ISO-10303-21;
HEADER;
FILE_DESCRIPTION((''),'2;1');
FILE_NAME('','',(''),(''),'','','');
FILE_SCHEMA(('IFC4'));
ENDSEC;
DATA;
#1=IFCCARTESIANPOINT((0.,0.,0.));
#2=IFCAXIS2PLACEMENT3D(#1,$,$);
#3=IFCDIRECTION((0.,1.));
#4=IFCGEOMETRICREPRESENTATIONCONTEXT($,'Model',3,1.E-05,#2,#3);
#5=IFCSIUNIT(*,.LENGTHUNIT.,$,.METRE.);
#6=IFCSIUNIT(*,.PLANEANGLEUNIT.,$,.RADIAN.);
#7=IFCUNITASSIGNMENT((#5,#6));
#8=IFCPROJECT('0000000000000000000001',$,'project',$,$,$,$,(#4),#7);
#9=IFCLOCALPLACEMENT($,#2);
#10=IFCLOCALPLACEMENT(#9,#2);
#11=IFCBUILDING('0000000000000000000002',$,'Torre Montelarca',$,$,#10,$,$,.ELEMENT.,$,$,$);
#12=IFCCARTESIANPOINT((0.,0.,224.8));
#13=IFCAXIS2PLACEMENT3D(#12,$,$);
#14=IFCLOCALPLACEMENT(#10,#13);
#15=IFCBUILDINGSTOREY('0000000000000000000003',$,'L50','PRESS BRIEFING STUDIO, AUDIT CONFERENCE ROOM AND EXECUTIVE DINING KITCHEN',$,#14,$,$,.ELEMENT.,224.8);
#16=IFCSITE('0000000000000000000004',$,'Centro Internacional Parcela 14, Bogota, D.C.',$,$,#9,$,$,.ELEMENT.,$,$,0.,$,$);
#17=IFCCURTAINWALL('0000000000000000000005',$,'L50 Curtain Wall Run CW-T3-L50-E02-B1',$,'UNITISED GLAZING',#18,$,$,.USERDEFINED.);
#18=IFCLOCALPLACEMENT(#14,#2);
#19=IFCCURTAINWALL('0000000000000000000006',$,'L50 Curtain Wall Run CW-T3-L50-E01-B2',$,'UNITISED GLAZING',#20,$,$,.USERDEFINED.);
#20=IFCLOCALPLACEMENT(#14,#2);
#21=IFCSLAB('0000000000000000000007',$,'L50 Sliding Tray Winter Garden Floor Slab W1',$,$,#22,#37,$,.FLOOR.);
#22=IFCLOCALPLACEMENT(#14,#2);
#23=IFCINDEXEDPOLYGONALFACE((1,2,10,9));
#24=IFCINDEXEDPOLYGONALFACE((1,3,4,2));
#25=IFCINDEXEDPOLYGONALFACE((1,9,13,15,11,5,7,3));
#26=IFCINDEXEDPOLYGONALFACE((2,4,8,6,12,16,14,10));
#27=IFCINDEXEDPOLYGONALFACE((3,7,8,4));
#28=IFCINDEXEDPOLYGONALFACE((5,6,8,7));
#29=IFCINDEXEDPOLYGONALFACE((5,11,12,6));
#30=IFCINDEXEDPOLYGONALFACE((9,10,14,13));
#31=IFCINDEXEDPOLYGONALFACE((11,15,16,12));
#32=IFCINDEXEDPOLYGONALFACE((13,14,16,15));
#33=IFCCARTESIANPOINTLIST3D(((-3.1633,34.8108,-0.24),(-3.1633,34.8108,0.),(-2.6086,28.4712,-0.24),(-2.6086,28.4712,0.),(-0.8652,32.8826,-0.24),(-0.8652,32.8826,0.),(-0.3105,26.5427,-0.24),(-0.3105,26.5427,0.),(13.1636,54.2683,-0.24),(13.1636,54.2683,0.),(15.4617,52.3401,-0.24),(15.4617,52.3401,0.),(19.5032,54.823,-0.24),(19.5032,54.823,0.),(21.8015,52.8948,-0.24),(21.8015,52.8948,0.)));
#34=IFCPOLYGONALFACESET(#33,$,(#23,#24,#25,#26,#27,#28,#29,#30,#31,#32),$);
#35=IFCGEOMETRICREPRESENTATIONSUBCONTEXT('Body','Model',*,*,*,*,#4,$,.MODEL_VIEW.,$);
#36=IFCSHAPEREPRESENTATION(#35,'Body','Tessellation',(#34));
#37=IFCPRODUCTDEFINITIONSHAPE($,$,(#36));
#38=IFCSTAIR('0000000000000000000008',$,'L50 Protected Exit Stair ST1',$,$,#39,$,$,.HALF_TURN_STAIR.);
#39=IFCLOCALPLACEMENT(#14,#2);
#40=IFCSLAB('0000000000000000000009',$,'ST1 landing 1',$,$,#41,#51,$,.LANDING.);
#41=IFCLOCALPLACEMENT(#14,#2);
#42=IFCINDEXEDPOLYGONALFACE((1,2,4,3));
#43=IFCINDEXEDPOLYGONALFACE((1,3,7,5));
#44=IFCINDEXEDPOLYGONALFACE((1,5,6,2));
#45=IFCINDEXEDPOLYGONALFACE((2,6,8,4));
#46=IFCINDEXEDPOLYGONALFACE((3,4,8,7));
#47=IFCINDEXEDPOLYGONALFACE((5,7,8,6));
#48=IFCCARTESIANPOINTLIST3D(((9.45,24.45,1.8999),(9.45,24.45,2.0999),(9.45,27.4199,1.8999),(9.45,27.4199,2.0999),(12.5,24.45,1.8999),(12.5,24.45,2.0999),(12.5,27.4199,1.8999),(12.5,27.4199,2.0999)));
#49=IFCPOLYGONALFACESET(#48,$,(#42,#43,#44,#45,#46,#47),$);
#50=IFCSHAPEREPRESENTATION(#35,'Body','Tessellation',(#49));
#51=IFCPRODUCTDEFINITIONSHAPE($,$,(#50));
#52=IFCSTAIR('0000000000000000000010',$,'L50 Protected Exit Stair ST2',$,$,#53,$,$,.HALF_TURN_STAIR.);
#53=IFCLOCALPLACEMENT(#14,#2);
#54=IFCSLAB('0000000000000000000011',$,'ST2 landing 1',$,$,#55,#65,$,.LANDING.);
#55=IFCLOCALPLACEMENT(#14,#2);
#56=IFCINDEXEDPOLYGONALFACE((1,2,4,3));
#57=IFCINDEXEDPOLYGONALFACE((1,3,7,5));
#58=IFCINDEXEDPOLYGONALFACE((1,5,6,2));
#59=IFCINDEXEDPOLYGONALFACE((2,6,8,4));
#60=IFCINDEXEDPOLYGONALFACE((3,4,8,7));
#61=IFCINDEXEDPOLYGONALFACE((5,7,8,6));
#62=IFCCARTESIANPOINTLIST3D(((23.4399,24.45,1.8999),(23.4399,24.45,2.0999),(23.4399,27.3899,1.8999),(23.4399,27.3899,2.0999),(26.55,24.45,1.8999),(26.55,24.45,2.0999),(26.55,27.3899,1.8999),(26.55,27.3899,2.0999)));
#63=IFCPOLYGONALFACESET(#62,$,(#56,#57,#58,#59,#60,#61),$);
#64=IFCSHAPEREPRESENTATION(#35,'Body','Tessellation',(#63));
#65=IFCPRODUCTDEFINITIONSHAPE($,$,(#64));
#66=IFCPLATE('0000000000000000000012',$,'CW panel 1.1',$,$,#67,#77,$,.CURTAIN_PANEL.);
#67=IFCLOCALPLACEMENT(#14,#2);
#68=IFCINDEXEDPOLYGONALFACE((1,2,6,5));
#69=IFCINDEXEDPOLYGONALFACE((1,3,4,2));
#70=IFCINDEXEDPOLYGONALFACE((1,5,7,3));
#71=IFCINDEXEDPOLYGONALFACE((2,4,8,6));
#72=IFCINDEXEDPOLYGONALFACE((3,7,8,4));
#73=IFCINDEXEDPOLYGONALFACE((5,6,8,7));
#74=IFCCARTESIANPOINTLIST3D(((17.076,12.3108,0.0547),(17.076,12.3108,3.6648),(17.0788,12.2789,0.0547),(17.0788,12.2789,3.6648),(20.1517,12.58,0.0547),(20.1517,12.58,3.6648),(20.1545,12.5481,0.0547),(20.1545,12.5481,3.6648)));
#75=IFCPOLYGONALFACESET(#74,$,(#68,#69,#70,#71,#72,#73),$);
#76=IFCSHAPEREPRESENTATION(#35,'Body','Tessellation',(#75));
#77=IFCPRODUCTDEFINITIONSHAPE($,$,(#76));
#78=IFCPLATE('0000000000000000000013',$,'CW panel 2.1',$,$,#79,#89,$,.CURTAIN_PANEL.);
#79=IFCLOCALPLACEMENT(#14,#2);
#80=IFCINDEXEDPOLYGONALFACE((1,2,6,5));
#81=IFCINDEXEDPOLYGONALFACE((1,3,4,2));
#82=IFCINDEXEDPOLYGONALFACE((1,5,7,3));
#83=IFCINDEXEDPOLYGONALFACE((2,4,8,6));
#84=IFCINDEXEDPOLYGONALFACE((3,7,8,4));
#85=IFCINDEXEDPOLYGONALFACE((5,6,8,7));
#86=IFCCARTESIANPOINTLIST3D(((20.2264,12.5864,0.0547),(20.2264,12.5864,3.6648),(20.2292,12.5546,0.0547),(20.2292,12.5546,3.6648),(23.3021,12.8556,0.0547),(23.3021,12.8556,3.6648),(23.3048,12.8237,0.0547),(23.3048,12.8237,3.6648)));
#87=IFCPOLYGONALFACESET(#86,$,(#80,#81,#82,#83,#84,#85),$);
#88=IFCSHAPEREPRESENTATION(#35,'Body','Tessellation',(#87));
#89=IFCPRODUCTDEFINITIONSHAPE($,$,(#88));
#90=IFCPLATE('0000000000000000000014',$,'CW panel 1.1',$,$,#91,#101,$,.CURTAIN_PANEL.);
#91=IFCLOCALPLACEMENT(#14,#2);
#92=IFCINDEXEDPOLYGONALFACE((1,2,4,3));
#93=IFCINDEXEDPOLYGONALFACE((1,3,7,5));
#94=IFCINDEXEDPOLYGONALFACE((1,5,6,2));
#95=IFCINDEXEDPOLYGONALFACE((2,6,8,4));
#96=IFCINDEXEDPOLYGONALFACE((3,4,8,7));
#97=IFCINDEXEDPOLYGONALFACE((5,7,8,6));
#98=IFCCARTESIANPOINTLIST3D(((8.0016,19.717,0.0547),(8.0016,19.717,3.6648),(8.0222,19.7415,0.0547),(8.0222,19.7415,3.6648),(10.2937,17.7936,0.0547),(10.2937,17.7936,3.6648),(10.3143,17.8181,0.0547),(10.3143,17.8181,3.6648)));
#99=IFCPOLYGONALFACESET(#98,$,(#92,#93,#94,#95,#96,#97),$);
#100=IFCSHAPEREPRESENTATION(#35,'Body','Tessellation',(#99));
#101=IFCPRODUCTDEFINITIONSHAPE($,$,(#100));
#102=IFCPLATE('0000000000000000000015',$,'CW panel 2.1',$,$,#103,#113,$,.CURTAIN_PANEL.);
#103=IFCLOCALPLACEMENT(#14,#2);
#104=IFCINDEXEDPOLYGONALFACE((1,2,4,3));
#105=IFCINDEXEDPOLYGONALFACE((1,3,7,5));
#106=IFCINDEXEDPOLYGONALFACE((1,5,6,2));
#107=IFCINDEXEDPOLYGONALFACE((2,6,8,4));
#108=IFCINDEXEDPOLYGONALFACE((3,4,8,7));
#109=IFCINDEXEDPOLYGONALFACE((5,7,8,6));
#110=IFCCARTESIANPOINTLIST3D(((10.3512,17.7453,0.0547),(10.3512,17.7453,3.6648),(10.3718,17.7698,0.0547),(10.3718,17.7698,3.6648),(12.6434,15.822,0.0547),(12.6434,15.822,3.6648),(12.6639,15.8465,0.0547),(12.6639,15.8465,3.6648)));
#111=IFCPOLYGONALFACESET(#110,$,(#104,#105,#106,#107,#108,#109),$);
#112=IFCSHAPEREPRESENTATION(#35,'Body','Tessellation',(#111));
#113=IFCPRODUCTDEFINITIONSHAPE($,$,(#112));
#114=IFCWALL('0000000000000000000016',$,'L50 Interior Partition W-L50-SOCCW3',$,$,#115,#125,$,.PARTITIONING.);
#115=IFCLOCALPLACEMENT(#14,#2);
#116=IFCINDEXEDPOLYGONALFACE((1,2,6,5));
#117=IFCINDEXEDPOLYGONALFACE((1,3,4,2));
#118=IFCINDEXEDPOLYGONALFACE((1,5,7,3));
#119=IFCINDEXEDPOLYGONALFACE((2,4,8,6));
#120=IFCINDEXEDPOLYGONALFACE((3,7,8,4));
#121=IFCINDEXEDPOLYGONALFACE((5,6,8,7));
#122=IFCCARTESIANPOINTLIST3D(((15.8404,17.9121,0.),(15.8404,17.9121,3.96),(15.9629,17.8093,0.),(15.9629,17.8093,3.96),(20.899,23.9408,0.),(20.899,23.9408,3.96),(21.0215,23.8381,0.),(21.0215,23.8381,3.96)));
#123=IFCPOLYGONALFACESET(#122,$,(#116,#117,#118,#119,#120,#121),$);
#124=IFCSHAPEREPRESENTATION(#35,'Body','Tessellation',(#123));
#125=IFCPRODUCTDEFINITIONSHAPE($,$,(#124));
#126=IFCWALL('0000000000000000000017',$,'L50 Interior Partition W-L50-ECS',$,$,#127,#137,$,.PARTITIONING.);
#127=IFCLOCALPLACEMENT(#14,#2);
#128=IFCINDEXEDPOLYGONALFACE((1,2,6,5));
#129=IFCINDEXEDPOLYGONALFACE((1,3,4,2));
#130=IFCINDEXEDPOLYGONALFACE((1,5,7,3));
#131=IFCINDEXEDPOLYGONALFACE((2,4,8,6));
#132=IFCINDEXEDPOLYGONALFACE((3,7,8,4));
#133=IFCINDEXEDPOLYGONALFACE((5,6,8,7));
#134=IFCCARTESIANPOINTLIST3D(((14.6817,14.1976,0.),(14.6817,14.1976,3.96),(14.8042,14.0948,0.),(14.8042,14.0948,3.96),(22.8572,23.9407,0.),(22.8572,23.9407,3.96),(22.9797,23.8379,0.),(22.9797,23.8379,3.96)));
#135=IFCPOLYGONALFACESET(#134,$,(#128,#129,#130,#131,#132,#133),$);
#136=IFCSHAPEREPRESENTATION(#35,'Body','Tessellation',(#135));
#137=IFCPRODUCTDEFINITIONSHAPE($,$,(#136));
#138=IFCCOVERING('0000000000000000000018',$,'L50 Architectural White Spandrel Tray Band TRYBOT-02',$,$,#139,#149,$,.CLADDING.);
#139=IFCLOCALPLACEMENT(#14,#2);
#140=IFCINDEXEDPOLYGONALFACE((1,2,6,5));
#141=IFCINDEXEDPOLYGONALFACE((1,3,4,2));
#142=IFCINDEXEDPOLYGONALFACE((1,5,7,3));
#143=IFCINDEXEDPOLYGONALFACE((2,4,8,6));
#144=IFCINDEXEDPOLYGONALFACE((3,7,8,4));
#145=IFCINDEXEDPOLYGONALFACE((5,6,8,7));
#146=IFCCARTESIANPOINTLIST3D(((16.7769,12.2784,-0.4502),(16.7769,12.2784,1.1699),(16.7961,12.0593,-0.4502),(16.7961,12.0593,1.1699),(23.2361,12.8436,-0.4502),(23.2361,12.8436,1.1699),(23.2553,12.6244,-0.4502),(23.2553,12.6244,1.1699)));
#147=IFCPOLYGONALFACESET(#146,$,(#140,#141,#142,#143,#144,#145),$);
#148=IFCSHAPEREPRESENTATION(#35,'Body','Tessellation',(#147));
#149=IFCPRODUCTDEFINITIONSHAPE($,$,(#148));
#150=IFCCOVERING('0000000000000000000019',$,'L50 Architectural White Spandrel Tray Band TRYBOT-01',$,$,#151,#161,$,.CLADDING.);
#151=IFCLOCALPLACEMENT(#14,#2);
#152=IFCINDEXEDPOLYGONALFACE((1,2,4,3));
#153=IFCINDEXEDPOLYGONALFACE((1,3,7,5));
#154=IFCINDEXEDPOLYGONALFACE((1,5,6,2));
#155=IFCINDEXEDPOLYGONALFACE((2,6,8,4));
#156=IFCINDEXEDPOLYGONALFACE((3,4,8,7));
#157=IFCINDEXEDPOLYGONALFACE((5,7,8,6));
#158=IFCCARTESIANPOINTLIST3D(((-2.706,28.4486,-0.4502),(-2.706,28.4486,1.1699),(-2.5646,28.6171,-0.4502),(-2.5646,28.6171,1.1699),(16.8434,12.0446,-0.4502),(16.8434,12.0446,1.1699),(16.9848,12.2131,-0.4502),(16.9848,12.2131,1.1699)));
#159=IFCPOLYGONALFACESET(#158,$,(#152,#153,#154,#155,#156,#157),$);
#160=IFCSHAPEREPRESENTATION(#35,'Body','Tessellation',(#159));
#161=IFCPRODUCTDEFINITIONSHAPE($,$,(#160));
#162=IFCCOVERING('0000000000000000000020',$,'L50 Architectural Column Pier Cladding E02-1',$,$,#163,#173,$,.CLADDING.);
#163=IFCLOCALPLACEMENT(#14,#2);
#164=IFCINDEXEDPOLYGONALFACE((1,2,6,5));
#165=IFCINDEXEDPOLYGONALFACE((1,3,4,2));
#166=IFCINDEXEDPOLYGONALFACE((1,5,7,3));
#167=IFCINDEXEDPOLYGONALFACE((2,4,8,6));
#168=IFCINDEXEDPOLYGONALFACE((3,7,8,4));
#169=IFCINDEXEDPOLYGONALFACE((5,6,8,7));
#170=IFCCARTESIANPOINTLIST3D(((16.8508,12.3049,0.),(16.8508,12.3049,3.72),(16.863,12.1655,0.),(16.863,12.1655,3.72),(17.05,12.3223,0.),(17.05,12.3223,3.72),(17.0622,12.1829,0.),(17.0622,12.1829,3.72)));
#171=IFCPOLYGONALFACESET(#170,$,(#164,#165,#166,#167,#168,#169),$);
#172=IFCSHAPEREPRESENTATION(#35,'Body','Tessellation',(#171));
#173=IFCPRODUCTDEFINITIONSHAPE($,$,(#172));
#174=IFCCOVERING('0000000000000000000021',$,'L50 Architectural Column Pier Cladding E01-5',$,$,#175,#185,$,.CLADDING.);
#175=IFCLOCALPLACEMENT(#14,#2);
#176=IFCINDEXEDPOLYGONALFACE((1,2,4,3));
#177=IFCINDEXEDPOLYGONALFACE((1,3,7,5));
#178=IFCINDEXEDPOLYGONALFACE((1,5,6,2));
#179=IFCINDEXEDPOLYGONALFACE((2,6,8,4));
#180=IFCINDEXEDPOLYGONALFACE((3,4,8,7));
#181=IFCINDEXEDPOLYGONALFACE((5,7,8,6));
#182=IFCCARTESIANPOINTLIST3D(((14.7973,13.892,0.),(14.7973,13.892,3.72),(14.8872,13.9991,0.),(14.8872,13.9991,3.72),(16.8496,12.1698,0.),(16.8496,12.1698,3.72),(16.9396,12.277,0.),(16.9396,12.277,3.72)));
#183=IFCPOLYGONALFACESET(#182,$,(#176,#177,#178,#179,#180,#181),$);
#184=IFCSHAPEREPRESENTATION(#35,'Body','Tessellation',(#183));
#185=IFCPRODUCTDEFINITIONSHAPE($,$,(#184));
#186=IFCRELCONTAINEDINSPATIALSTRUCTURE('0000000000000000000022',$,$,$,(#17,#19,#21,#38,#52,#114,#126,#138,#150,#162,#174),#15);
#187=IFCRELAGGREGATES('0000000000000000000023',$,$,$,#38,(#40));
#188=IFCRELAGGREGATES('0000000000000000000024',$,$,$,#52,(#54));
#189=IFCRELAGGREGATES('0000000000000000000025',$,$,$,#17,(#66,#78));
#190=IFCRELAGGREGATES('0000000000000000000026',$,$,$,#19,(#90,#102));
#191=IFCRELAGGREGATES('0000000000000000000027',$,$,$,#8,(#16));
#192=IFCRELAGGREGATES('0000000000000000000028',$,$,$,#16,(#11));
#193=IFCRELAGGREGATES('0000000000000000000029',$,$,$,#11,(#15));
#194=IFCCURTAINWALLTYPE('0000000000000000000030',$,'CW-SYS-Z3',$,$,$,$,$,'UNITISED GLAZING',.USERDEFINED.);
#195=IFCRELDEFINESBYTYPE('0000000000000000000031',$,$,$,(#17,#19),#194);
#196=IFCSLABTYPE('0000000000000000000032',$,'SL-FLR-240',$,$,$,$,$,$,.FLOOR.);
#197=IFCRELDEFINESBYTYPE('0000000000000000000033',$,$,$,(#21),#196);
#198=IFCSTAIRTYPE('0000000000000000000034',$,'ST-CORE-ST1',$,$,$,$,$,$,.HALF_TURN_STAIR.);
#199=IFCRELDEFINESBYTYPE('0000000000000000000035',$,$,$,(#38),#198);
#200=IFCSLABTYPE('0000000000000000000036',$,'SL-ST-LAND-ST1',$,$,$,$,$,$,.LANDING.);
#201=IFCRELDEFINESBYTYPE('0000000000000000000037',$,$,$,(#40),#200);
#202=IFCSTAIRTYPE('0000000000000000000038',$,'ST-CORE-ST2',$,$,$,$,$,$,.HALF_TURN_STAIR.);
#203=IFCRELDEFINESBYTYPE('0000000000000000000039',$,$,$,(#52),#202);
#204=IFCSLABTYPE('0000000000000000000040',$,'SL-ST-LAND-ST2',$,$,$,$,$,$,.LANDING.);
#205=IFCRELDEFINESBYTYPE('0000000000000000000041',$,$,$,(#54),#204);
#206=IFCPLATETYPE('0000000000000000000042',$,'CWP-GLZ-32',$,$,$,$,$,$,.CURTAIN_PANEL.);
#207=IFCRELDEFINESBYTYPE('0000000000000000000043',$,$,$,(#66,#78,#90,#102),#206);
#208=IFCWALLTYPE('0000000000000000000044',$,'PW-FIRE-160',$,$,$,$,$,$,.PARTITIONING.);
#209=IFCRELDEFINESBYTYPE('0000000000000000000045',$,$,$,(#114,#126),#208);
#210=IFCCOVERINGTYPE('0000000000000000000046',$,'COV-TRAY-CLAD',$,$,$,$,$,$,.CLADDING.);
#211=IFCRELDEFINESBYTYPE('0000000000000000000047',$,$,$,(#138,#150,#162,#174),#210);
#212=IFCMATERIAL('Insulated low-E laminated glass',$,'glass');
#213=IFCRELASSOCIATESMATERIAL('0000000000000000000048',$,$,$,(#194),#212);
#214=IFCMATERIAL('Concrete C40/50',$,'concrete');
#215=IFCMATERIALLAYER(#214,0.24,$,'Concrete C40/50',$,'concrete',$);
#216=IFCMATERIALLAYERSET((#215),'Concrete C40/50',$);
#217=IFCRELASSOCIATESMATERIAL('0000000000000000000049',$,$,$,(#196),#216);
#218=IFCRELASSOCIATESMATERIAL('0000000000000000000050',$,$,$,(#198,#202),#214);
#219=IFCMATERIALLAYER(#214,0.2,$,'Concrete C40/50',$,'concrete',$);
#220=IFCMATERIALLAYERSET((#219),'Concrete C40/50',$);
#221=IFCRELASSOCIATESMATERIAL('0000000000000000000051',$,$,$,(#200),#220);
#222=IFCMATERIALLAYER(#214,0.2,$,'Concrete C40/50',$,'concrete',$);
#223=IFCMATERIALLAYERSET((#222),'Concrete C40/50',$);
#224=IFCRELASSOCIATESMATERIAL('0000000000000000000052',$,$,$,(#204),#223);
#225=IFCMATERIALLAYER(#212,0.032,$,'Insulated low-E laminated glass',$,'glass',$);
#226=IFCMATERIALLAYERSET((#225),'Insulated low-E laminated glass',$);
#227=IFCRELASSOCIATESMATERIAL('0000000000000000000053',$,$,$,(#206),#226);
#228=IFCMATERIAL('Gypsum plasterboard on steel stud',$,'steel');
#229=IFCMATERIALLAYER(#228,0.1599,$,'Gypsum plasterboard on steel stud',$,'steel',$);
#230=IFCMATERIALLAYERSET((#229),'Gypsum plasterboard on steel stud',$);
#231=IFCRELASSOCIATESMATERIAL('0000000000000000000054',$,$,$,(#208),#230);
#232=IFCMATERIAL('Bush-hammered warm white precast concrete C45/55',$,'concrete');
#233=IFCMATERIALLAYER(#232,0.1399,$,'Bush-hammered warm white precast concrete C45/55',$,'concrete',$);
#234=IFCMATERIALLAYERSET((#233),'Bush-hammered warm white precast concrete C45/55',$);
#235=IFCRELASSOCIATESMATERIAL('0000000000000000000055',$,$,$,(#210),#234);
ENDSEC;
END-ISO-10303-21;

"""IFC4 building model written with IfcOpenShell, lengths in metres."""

from ifc_helpers import new_model, si_unit, direction, frame, frame_2d, origin, origin_2d, place, context, subcontext, project, spatial, polyline, rectangle, outline, extrude, source, transform, mapped, material, layer, layer_set, type_object, element, aggregate, save


model = new_model("IFC4")

# Units and contexts
model_context = context("Model", 3, precision=1e-05, world=origin(), true_north=direction((0.0, 1.0)))
body_context = subcontext(model_context, "Body", "Model", "MODEL_VIEW")
ifc_project = project(units=[si_unit("LENGTHUNIT", "METRE"), si_unit("PLANEANGLEUNIT", "RADIAN")], contexts=[model_context])

# Site, building, storey
site_placement = place(None, origin())
site = spatial("IfcSite", under=ifc_project, at=site_placement, Name="Centro Internacional Parcela 14, Bogota, D.C.", CompositionType="ELEMENT", RefElevation=0.0)
building_placement = place(site_placement, origin())
building = spatial("IfcBuilding", under=site, at=building_placement, Name="Torre Montelarca", CompositionType="ELEMENT")
storey_placement = place(building_placement, frame((0.0, 0.0, 224.8)))
storey = spatial("IfcBuildingStorey", under=building, at=storey_placement, Name="L50", Description="PRESS BRIEFING STUDIO, AUDIT CONFERENCE ROOM AND EXECUTIVE DINING KITCHEN", CompositionType="ELEMENT", Elevation=224.8)

# Curtain wall
ifc_material_1 = material(Name="Insulated low-E laminated glass", Category="glass")
curtain_wall_type = type_object("IfcCurtainWallType", Name="CW-SYS-Z3", ElementType="UNITISED GLAZING", PredefinedType="USERDEFINED", material=ifc_material_1)
curtain_wall_1_placement = place(storey_placement, origin())
curtain_wall_1 = element("IfcCurtainWall", 1, at=curtain_wall_1_placement, inside=storey, type_object=curtain_wall_type, Name="L50 Curtain Wall Run CW-T3-L50-E02-B1", ObjectType="UNITISED GLAZING", PredefinedType="USERDEFINED")

# Curtain wall
curtain_wall_2_placement = place(storey_placement, origin())
curtain_wall_2 = element("IfcCurtainWall", 2, at=curtain_wall_2_placement, inside=storey, type_object=curtain_wall_type, Name="L50 Curtain Wall Run CW-T3-L50-E01-B2", ObjectType="UNITISED GLAZING", PredefinedType="USERDEFINED")

# Slab
ifc_material_2 = material(Name="Concrete C40/50", Category="concrete")
ifc_layer_1 = layer(ifc_material_2, 0.24, Name="Concrete C40/50", Category="concrete")
ifc_layer_set_1 = layer_set([ifc_layer_1], Name="Concrete C40/50")
slab_type_1 = type_object("IfcSlabType", Name="SL-FLR-240", PredefinedType="FLOOR", material=ifc_layer_set_1)
slab_1_placement = place(storey_placement, frame((0.0, 0.0, -0.24)))
element("IfcSlab", 3, at=slab_1_placement, inside=storey, type_object=slab_type_1, Name="L50 Sliding Tray Winter Garden Floor Slab W1", PredefinedType="FLOOR", context=body_context, shape_type="SweptSolid", body=[
    extrude(outline(polyline([(-0.3105, 26.5427), (-0.8652, 32.8826), (15.4617, 52.3401), (21.8015, 52.8948), (19.5032, 54.823), (13.1636, 54.2683), (-3.1633, 34.8108), (-2.6086, 28.4712), (-0.3105, 26.5427)])), origin(), (0.0, 0.0, 1.0), 0.24),
])

# Stairs, slabs
stair_type_1 = type_object("IfcStairType", Name="ST-CORE-ST1", PredefinedType="HALF_TURN_STAIR", material=ifc_material_2)
stair_1_placement = place(storey_placement, origin())
stair_1 = element("IfcStair", 4, at=stair_1_placement, inside=storey, type_object=stair_type_1, Name="L50 Protected Exit Stair ST1", PredefinedType="HALF_TURN_STAIR")
ifc_layer_2 = layer(ifc_material_2, 0.2, Name="Concrete C40/50", Category="concrete")
ifc_layer_set_2 = layer_set([ifc_layer_2], Name="Concrete C40/50")
slab_type_2 = type_object("IfcSlabType", Name="SL-ST-LAND-ST1", PredefinedType="LANDING", material=ifc_layer_set_2)
slab_2_placement = place(storey_placement, frame((0.0, 0.0, 1.8999)))
slab_2 = element("IfcSlab", 5, at=slab_2_placement, type_object=slab_type_2, Name="ST1 landing 1", PredefinedType="LANDING", context=body_context, shape_type="SweptSolid", body=[
    extrude(outline(polyline([(9.45, 27.4199), (9.45, 24.45), (12.5, 24.45), (12.5, 27.4199), (9.45, 27.4199)])), origin(), (0.0, 0.0, 1.0), 0.2),
])
aggregate(stair_1, [slab_2])
stair_type_2 = type_object("IfcStairType", Name="ST-CORE-ST2", PredefinedType="HALF_TURN_STAIR", material=ifc_material_2)
stair_2_placement = place(storey_placement, origin())
stair_2 = element("IfcStair", 6, at=stair_2_placement, inside=storey, type_object=stair_type_2, Name="L50 Protected Exit Stair ST2", PredefinedType="HALF_TURN_STAIR")
ifc_layer_3 = layer(ifc_material_2, 0.2, Name="Concrete C40/50", Category="concrete")
ifc_layer_set_3 = layer_set([ifc_layer_3], Name="Concrete C40/50")
slab_type_3 = type_object("IfcSlabType", Name="SL-ST-LAND-ST2", PredefinedType="LANDING", material=ifc_layer_set_3)
slab_3_placement = place(storey_placement, frame((0.0, 0.0, 1.8999)))
slab_3 = element("IfcSlab", 7, at=slab_3_placement, type_object=slab_type_3, Name="ST2 landing 1", PredefinedType="LANDING", context=body_context, shape_type="SweptSolid", body=[
    extrude(outline(polyline([(23.4399, 27.3899), (23.4399, 24.45), (26.55, 24.45), (26.55, 27.3899), (23.4399, 27.3899)])), origin(), (0.0, 0.0, 1.0), 0.2),
])
aggregate(stair_2, [slab_3])

# Plates
ifc_layer_4 = layer(ifc_material_1, 0.032, Name="Insulated low-E laminated glass", Category="glass")
ifc_layer_set_4 = layer_set([ifc_layer_4], Name="Insulated low-E laminated glass")
plate_type = type_object("IfcPlateType", Name="CWP-GLZ-32", PredefinedType="CURTAIN_PANEL", material=ifc_layer_set_4)
shared_shape_1 = source(origin(), body_context, "Body", "SweptSolid", [
    extrude(rectangle(XDim=3.0874, YDim=0.032, at=origin_2d()), origin(), (0.0, 0.0, 1.0), 3.6101),
])
plate_1_placement = place(storey_placement, frame((18.6152, 12.4294, 0.0547), z_axis=(0.0, 0.0, 1.0), x_axis=(0.996192, 0.087189, 0.0)))
plate_1 = element("IfcPlate", 8, at=plate_1_placement, type_object=plate_type, Name="CW panel 1.1", PredefinedType="CURTAIN_PANEL", context=body_context, shape_type="MappedRepresentation", body=[
    mapped(shared_shape_1, transform((0.0, 0.0, 0.0), scale=1.0)),
])
plate_2_placement = place(storey_placement, frame((21.7656, 12.7051, 0.0547), z_axis=(0.0, 0.0, 1.0), x_axis=(0.996192, 0.087189, 0.0)))
plate_2 = element("IfcPlate", 9, at=plate_2_placement, type_object=plate_type, Name="CW panel 2.1", PredefinedType="CURTAIN_PANEL", context=body_context, shape_type="MappedRepresentation", body=[
    mapped(shared_shape_1, transform((0.0, 0.0, 0.0), scale=1.0)),
])
aggregate(curtain_wall_1, [plate_1, plate_2])
shared_shape_2 = source(origin(), body_context, "Body", "SweptSolid", [
    extrude(rectangle(XDim=2.9922, YDim=0.032, at=origin_2d()), origin(), (0.0, 0.0, 1.0), 3.6101),
])
plate_3_placement = place(storey_placement, frame((9.158, 18.7676, 0.0547), z_axis=(0.0, 0.0, 1.0), x_axis=(0.76604, -0.642793, 0.0)))
plate_3 = element("IfcPlate", 10, at=plate_3_placement, type_object=plate_type, Name="CW panel 1.1", PredefinedType="CURTAIN_PANEL", context=body_context, shape_type="MappedRepresentation", body=[
    mapped(shared_shape_2, transform((0.0, 0.0, 0.0), scale=1.0)),
])
plate_4_placement = place(storey_placement, frame((11.5076, 16.7959, 0.0547), z_axis=(0.0, 0.0, 1.0), x_axis=(0.76604, -0.642793, 0.0)))
plate_4 = element("IfcPlate", 11, at=plate_4_placement, type_object=plate_type, Name="CW panel 2.1", PredefinedType="CURTAIN_PANEL", context=body_context, shape_type="MappedRepresentation", body=[
    mapped(shared_shape_2, transform((0.0, 0.0, 0.0), scale=1.0)),
])
aggregate(curtain_wall_2, [plate_3, plate_4])

# Walls
ifc_material_3 = material(Name="Gypsum plasterboard on steel stud", Category="steel")
ifc_layer_5 = layer(ifc_material_3, 0.1599, Name="Gypsum plasterboard on steel stud", Category="steel")
ifc_layer_set_5 = layer_set([ifc_layer_5], Name="Gypsum plasterboard on steel stud")
wall_type = type_object("IfcWallType", Name="PW-FIRE-160", PredefinedType="PARTITIONING", material=ifc_layer_set_5)
wall_1_placement = place(storey_placement, frame((15.9016, 17.8606, 0.0), z_axis=(0.0, 0.0, 1.0), x_axis=(0.642774, 0.766056, 0.0)))
element("IfcWall", 12, at=wall_1_placement, inside=storey, type_object=wall_type, Name="L50 Interior Partition W-L50-SOCCW3", PredefinedType="PARTITIONING", context=body_context, shape_type="SweptSolid", body=[
    extrude(rectangle(XDim=7.8699, YDim=0.1599, at=frame_2d((3.9351, 0.0))), origin(), (0.0, 0.0, 1.0), 3.96),
])
wall_2_placement = place(storey_placement, frame((14.7429, 14.1462, 0.0), z_axis=(0.0, 0.0, 1.0), x_axis=(0.64279, 0.766042, 0.0)))
element("IfcWall", 13, at=wall_2_placement, inside=storey, type_object=wall_type, Name="L50 Interior Partition W-L50-ECS", PredefinedType="PARTITIONING", context=body_context, shape_type="SweptSolid", body=[
    extrude(rectangle(XDim=12.7188, YDim=0.1599, at=frame_2d((6.3594, 0.0))), origin(), (0.0, 0.0, 1.0), 3.96),
])

# Coverings
ifc_material_4 = material(Name="Bush-hammered warm white precast concrete C45/55", Category="concrete")
ifc_layer_6 = layer(ifc_material_4, 0.1399, Name="Bush-hammered warm white precast concrete C45/55", Category="concrete")
ifc_layer_set_6 = layer_set([ifc_layer_6], Name="Bush-hammered warm white precast concrete C45/55")
covering_type = type_object("IfcCoveringType", Name="COV-TRAY-CLAD", PredefinedType="CLADDING", material=ifc_layer_set_6)
shared_shape_3 = source(origin(), body_context, "Body", "SweptSolid", [
    extrude(rectangle(XDim=6.4839, YDim=0.22, at=origin_2d()), origin(), (0.0, 0.0, 1.0), 1.6201),
])
covering_1_placement = place(storey_placement, frame((20.0161, 12.4514, -0.4502), z_axis=(0.0, 0.0, 1.0), x_axis=(0.996194, 0.087163, 0.0)))
element("IfcCovering", 14, at=covering_1_placement, inside=storey, type_object=covering_type, Name="L50 Architectural White Spandrel Tray Band TRYBOT-02", PredefinedType="CLADDING", context=body_context, shape_type="MappedRepresentation", body=[
    mapped(shared_shape_3, transform((0.0, 0.0, 0.0), scale=1.0)),
])
shared_shape_4 = source(origin(), body_context, "Body", "SweptSolid", [
    extrude(rectangle(XDim=25.52, YDim=0.22, at=origin_2d()), origin(), (0.0, 0.0, 1.0), 1.6201),
])
covering_2_placement = place(storey_placement, frame((7.1394, 20.3308, -0.4502), z_axis=(0.0, 0.0, 1.0), x_axis=(0.766043, -0.642789, 0.0)))
element("IfcCovering", 15, at=covering_2_placement, inside=storey, type_object=covering_type, Name="L50 Architectural White Spandrel Tray Band TRYBOT-01", PredefinedType="CLADDING", context=body_context, shape_type="MappedRepresentation", body=[
    mapped(shared_shape_4, transform((0.0, 0.0, 0.0), scale=1.0)),
])
shared_shape_5 = source(origin(), body_context, "Body", "SweptSolid", [
    extrude(rectangle(XDim=0.2, YDim=0.1399, at=origin_2d()), origin(), (0.0, 0.0, 1.0), 3.72),
])
covering_3_placement = place(storey_placement, frame((16.9565, 12.2439, 0.0), z_axis=(0.0, 0.0, 1.0), x_axis=(0.996192, 0.087184, 0.0)))
element("IfcCovering", 16, at=covering_3_placement, inside=storey, type_object=covering_type, Name="L50 Architectural Column Pier Cladding E02-1", PredefinedType="CLADDING", context=body_context, shape_type="MappedRepresentation", body=[
    mapped(shared_shape_5, transform((0.0, 0.0, 0.0), scale=1.0)),
])
shared_shape_6 = source(origin(), body_context, "Body", "SweptSolid", [
    extrude(rectangle(XDim=2.6792, YDim=0.1399, at=origin_2d()), origin(), (0.0, 0.0, 1.0), 3.72),
])
covering_4_placement = place(storey_placement, frame((15.8684, 13.0845, 0.0), z_axis=(0.0, 0.0, 1.0), x_axis=(0.766042, -0.64279, 0.0)))
element("IfcCovering", 17, at=covering_4_placement, inside=storey, type_object=covering_type, Name="L50 Architectural Column Pier Cladding E01-5", PredefinedType="CLADDING", context=body_context, shape_type="MappedRepresentation", body=[
    mapped(shared_shape_6, transform((0.0, 0.0, 0.0), scale=1.0)),
])

save(model, "model.ifc")
